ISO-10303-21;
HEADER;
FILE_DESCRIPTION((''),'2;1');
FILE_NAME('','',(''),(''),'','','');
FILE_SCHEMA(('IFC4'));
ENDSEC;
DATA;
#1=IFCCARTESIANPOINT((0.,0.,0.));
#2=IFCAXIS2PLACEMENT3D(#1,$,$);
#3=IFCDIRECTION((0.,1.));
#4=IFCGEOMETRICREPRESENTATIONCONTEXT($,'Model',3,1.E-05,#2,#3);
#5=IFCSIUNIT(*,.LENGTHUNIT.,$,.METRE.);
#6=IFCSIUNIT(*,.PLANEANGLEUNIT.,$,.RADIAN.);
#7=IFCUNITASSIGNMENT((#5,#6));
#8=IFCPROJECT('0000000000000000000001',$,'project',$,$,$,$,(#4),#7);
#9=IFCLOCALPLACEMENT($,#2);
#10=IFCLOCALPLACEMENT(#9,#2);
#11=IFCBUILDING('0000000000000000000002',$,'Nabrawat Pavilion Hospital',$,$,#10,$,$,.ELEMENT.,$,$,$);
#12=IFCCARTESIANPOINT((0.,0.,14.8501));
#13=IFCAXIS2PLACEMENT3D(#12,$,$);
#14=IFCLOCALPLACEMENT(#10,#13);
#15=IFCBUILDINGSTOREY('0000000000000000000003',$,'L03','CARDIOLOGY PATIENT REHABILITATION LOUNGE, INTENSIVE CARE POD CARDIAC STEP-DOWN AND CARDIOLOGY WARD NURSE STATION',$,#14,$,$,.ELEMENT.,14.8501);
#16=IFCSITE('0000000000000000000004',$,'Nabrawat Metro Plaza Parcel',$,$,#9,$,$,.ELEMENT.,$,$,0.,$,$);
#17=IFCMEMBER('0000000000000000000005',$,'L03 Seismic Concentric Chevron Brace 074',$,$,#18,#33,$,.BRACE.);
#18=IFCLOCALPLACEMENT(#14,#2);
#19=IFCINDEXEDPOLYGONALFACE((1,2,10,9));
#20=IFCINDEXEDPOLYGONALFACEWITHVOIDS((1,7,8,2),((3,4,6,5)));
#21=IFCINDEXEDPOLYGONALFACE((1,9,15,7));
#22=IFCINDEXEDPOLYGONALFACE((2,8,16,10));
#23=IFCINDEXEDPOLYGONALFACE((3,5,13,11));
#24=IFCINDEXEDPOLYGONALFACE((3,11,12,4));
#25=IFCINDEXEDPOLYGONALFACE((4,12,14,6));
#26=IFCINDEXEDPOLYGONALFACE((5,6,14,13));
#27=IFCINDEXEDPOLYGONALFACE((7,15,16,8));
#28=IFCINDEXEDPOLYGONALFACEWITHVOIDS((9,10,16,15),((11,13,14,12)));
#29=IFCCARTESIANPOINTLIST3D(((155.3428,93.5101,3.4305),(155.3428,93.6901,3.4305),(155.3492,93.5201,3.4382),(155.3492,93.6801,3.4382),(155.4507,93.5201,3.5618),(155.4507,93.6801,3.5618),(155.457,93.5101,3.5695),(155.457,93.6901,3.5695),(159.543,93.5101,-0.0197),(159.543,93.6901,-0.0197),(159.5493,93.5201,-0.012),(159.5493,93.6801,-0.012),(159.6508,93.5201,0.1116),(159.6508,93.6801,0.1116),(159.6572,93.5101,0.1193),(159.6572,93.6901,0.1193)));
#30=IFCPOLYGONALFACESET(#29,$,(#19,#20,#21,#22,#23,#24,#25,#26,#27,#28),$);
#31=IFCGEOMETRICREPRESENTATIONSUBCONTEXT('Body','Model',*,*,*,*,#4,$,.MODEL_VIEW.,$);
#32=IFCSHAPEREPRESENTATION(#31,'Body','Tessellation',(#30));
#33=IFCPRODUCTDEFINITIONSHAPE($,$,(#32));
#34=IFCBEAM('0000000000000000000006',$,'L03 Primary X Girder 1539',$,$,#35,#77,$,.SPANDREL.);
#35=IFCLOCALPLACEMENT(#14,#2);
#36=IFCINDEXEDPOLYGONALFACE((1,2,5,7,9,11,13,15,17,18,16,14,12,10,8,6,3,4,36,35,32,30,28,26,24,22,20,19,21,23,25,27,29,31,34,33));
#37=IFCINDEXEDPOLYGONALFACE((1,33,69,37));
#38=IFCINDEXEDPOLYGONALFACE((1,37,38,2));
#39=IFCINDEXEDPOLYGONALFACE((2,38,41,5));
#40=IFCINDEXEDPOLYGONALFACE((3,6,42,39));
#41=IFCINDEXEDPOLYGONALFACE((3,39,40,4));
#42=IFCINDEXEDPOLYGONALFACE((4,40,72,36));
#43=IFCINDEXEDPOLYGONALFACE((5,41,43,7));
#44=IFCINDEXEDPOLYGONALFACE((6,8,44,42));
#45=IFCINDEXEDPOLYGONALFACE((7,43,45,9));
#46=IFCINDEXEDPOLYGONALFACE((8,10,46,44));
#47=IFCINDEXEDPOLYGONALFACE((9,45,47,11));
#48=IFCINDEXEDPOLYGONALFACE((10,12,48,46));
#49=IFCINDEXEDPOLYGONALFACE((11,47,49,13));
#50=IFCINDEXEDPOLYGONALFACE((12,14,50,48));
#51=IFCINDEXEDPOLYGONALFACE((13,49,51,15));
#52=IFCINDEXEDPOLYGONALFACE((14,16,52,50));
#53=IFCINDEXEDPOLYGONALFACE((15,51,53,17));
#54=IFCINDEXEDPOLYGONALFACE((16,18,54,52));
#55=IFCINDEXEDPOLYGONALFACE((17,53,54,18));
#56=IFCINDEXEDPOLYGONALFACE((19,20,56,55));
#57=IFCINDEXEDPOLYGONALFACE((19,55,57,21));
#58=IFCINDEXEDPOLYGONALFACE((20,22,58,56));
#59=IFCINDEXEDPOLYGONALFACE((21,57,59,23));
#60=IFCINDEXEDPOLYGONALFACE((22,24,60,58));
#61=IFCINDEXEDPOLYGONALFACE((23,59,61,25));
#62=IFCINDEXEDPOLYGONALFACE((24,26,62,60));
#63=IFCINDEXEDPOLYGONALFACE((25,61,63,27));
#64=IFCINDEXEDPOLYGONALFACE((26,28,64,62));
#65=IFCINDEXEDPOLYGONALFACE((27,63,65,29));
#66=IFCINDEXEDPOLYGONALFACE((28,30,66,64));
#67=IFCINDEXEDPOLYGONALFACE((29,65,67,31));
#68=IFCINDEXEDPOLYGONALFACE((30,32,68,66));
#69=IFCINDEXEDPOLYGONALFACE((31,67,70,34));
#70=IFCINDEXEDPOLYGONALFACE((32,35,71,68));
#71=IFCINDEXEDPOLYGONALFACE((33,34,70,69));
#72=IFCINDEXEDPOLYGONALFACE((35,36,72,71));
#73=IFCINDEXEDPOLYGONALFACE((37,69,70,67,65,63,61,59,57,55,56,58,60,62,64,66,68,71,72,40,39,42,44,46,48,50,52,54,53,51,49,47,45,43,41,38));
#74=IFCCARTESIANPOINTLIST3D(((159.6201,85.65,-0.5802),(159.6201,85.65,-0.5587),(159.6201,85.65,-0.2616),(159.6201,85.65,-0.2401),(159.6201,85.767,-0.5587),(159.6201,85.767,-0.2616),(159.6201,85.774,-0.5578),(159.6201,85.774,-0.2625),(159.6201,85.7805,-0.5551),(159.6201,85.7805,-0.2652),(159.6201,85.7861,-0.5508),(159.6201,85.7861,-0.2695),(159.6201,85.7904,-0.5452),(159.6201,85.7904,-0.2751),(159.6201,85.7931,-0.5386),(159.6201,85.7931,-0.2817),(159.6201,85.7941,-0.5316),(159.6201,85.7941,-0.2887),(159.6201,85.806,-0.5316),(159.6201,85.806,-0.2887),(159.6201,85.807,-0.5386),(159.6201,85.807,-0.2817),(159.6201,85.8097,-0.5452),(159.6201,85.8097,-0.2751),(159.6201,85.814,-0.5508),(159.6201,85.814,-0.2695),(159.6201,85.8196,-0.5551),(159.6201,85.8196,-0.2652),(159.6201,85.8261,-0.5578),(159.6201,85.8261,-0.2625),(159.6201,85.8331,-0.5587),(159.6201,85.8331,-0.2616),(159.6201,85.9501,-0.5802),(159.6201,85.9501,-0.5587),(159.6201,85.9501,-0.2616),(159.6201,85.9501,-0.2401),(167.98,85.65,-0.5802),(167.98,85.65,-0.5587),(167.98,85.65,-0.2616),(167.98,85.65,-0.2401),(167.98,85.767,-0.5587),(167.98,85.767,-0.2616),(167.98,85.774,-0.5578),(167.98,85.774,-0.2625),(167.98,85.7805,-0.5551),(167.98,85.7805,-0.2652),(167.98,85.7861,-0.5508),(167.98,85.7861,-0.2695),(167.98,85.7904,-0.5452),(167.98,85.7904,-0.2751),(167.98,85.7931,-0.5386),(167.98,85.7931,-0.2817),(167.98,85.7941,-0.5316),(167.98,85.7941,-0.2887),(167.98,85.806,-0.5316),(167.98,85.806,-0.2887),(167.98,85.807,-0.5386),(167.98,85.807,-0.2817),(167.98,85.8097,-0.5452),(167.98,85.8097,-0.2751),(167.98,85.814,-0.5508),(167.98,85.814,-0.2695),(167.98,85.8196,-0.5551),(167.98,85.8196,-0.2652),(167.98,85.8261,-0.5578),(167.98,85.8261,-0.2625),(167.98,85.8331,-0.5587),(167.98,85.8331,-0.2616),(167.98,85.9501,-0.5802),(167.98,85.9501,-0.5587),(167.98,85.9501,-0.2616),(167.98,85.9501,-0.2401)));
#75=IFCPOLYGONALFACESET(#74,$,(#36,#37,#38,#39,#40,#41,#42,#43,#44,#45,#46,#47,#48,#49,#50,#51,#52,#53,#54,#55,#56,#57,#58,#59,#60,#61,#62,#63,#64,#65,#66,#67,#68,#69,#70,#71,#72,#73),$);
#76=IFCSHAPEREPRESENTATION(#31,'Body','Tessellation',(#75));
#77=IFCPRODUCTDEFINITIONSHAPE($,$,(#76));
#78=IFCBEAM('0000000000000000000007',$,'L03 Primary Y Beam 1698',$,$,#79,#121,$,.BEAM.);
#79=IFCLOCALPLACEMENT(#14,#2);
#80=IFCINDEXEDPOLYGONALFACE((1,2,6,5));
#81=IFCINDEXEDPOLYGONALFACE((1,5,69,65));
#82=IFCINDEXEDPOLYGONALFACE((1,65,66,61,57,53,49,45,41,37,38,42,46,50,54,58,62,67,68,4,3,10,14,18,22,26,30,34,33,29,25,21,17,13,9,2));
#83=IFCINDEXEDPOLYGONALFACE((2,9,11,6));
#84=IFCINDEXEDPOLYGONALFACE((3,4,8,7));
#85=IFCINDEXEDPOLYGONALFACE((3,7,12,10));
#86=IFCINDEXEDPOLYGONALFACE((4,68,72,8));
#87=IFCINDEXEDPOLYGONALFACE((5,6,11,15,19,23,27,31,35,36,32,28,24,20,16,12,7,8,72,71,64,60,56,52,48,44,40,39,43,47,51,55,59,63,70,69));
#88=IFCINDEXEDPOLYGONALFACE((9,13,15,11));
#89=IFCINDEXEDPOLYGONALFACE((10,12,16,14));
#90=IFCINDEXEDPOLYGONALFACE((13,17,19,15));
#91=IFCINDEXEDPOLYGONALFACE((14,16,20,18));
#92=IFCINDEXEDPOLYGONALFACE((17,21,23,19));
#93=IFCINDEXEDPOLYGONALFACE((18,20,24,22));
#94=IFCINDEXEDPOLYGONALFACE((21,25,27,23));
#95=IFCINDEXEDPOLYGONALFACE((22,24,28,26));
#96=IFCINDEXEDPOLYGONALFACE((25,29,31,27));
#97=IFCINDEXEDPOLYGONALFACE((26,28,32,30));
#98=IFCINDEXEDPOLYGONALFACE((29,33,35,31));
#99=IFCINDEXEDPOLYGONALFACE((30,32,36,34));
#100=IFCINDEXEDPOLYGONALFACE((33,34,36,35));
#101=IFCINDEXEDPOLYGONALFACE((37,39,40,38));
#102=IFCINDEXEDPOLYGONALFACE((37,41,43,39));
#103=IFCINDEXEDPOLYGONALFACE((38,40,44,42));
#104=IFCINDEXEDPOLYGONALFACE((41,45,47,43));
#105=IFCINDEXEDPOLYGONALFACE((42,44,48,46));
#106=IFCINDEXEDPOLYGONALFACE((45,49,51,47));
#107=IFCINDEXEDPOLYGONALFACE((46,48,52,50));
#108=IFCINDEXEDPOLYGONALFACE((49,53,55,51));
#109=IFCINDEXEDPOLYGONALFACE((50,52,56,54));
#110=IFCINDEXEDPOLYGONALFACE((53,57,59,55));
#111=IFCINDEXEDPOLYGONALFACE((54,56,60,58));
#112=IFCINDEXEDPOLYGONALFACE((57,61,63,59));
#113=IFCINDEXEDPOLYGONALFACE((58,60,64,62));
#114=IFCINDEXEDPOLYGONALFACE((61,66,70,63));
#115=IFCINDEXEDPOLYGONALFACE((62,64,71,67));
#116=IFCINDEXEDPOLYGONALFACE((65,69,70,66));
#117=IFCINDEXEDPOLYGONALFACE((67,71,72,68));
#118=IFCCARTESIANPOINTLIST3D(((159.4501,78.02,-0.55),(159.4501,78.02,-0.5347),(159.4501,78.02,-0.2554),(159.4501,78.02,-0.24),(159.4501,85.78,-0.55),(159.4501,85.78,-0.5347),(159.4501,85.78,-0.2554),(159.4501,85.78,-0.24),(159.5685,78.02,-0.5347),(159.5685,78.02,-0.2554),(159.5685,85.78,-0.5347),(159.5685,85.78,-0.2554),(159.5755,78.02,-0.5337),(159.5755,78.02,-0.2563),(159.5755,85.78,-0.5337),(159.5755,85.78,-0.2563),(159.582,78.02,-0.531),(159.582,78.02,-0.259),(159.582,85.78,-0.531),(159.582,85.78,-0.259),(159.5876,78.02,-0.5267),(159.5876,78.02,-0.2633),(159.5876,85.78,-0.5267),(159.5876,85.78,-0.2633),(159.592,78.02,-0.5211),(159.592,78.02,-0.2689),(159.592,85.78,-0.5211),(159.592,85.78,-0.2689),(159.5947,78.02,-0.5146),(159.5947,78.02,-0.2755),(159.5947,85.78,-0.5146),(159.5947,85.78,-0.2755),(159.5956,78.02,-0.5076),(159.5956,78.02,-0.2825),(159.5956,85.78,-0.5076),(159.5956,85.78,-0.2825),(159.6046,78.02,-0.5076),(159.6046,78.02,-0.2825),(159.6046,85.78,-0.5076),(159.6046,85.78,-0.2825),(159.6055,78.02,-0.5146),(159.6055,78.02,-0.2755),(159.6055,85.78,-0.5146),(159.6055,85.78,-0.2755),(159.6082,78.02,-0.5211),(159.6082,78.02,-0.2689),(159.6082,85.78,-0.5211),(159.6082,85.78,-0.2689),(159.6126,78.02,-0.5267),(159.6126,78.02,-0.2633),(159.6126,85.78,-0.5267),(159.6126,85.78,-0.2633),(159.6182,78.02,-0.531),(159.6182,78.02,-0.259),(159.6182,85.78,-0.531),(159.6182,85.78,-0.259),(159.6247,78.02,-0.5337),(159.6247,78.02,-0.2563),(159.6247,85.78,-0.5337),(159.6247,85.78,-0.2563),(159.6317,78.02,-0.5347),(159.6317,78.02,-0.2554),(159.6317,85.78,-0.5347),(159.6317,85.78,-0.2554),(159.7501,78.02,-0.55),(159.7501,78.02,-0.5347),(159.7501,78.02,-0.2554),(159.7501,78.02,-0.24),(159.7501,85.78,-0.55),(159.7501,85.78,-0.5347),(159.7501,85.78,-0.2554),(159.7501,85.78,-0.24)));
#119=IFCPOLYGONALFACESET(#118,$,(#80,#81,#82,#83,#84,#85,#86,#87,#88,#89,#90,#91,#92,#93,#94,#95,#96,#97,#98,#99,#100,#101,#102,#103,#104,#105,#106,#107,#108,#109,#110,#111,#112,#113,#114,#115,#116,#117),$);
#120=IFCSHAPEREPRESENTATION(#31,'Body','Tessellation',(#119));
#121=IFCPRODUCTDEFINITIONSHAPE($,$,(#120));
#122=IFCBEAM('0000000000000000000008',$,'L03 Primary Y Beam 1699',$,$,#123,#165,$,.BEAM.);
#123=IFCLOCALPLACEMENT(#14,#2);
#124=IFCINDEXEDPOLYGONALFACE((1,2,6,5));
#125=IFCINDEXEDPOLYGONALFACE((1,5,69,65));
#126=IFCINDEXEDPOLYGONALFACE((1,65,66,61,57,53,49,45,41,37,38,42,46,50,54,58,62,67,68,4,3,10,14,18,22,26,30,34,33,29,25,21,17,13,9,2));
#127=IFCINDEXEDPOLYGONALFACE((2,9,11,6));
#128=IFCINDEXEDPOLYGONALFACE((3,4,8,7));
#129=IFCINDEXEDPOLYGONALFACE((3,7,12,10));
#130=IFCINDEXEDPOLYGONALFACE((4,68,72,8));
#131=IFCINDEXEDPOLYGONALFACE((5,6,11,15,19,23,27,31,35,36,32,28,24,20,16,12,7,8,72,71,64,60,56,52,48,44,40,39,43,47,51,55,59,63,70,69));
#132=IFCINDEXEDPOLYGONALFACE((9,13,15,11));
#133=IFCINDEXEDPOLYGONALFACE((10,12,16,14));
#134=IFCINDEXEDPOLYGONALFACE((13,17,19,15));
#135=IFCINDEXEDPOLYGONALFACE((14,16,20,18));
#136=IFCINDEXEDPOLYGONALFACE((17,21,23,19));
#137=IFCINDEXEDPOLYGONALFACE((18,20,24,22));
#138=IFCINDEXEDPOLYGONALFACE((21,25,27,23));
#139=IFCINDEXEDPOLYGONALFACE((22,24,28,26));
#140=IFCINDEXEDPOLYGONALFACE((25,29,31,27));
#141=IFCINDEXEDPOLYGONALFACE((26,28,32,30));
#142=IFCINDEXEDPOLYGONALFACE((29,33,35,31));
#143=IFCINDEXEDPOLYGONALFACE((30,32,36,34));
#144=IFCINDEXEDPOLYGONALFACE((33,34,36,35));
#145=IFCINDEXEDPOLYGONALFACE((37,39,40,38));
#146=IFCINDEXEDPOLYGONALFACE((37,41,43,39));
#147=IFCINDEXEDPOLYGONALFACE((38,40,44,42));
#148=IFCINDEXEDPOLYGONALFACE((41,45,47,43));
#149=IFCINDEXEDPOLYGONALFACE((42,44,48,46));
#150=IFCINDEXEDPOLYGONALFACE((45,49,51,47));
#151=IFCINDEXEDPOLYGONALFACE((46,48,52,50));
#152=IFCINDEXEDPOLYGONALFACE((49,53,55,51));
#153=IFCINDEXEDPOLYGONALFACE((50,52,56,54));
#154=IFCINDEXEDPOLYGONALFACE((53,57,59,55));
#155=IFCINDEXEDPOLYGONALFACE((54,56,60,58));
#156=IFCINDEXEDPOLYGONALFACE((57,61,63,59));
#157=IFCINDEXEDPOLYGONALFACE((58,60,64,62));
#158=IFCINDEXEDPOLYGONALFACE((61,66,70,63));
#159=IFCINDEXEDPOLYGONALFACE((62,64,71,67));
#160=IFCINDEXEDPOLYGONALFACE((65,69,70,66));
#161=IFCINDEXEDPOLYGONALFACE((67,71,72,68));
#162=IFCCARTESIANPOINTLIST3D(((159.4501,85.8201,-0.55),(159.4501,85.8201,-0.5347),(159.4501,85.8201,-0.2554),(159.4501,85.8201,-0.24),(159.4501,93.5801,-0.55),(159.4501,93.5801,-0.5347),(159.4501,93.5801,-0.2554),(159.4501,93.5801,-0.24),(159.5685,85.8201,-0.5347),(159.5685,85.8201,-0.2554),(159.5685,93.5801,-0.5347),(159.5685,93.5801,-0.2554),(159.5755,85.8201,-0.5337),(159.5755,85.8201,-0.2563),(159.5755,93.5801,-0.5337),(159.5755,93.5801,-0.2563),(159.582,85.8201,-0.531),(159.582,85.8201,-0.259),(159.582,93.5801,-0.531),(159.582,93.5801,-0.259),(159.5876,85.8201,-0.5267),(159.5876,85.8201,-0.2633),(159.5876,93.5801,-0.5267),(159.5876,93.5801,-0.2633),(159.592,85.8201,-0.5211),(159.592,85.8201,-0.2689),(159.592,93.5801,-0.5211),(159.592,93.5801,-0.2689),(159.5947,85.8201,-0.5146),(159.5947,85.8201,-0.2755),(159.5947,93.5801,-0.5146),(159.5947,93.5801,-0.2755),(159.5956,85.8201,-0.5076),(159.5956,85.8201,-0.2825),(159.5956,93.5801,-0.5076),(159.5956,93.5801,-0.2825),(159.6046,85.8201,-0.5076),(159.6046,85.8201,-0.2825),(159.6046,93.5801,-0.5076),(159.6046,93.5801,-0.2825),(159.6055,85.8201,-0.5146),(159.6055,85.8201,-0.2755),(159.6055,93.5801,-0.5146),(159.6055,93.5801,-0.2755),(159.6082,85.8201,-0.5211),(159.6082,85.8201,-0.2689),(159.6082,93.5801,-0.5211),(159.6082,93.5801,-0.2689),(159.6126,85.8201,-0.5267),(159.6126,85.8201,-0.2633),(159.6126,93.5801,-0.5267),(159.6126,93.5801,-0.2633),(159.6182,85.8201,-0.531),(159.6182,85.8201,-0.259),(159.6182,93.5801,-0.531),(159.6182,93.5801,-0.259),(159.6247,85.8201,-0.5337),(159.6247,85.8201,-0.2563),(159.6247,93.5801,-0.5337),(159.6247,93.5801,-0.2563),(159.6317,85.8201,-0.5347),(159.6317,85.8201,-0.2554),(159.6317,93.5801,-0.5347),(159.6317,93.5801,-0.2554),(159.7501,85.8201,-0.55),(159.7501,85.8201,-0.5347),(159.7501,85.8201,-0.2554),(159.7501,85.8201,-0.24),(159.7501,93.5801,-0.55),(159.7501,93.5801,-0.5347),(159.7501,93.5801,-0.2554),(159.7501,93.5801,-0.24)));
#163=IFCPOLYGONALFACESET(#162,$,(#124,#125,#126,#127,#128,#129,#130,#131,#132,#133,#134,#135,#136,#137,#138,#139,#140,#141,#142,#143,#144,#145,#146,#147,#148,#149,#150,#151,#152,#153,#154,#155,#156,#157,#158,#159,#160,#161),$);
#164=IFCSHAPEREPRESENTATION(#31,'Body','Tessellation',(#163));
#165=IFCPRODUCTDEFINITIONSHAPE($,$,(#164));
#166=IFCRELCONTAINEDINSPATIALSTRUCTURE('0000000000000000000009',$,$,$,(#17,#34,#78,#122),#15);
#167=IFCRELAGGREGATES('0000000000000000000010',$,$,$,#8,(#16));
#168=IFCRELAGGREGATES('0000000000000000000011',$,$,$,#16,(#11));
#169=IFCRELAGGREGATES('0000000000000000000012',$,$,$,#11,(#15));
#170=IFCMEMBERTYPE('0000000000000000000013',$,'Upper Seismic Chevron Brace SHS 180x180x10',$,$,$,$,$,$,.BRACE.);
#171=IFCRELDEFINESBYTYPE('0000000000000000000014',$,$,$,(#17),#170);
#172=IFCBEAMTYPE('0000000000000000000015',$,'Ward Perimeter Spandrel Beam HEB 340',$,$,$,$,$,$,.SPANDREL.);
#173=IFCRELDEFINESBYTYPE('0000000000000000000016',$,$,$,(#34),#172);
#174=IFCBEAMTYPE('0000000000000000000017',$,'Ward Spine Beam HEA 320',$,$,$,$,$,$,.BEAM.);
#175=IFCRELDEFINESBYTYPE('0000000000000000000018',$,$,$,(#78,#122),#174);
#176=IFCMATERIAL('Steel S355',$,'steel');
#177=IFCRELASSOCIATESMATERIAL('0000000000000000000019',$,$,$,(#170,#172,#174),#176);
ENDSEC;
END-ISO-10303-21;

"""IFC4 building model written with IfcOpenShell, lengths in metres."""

from ifc_helpers import new_model, si_unit, direction, frame, origin, origin_2d, place, context, subcontext, project, spatial, hollow_rectangle, i_section, extrude, material, material_profile, profile_set, type_object, element, save


model = new_model("IFC4")

# Units and contexts
model_context = context("Model", 3, precision=1e-05, world=origin(), true_north=direction((0.0, 1.0)))
body_context = subcontext(model_context, "Body", "Model", "MODEL_VIEW")
ifc_project = project(units=[si_unit("LENGTHUNIT", "METRE"), si_unit("PLANEANGLEUNIT", "RADIAN")], contexts=[model_context])

# Site, building, storey
site_placement = place(None, origin())
site = spatial("IfcSite", under=ifc_project, at=site_placement, Name="Nabrawat Metro Plaza Parcel", CompositionType="ELEMENT", RefElevation=0.0)
building_placement = place(site_placement, origin())
building = spatial("IfcBuilding", under=site, at=building_placement, Name="Nabrawat Pavilion Hospital", CompositionType="ELEMENT")
storey_placement = place(building_placement, frame((0.0, 0.0, 14.8501)))
storey = spatial("IfcBuildingStorey", under=building, at=storey_placement, Name="L03", Description="CARDIOLOGY PATIENT REHABILITATION LOUNGE, INTENSIVE CARE POD CARDIAC STEP-DOWN AND CARDIOLOGY WARD NURSE STATION", CompositionType="ELEMENT", Elevation=14.8501)

# Shared definitions
ifc_material_1 = material(Name="Steel S355", Category="steel")

# Member
ifc_material_profile_1 = material_profile(ifc_material_1, hollow_rectangle(XDim=0.1799, YDim=0.1799, WallThickness=0.01, at=origin_2d()), Name="SHS 180x180x10")
ifc_profile_set_1 = profile_set([ifc_material_profile_1], Name="Steel S355")
member_type = type_object("IfcMemberType", Name="Upper Seismic Chevron Brace SHS 180x180x10", PredefinedType="BRACE", material=ifc_profile_set_1)
member_placement = place(storey_placement, frame((159.6001, 93.6001, 0.0498), z_axis=(-0.772723, 0.0, 0.634743), x_axis=(0.0, -1.0, 0.0)))
element("IfcMember", 1, at=member_placement, inside=storey, type_object=member_type, Name="L03 Seismic Concentric Chevron Brace 074", PredefinedType="BRACE", context=body_context, shape_type="SweptSolid", body=[
    extrude(hollow_rectangle(XDim=0.1799, YDim=0.1799, WallThickness=0.01, at=origin_2d()), origin(), (0.0, 0.0, 1.0), 5.4355),
])

# Beams
ifc_material_profile_2 = material_profile(ifc_material_1, i_section(OverallWidth=0.3, OverallDepth=0.3401, WebThickness=0.012, FlangeThickness=0.0215, FilletRadius=0.0271, at=origin_2d()), Name="HEB 340")
ifc_profile_set_2 = profile_set([ifc_material_profile_2], Name="Steel S355")
beam_type_1 = type_object("IfcBeamType", Name="Ward Perimeter Spandrel Beam HEB 340", PredefinedType="SPANDREL", material=ifc_profile_set_2)
beam_1_placement = place(storey_placement, frame((159.6201, 85.8, -0.4102), z_axis=(1.0, 0.0, 0.0), x_axis=(0.0, 1.0, 0.0)))
element("IfcBeam", 2, at=beam_1_placement, inside=storey, type_object=beam_type_1, Name="L03 Primary X Girder 1539", PredefinedType="SPANDREL", context=body_context, shape_type="SweptSolid", body=[
    extrude(i_section(OverallWidth=0.3, OverallDepth=0.3401, WebThickness=0.012, FlangeThickness=0.0215, FilletRadius=0.0271, at=origin_2d()), origin(), (0.0, 0.0, 1.0), 8.3599),
])
ifc_material_profile_3 = material_profile(ifc_material_1, i_section(OverallWidth=0.3, OverallDepth=0.3101, WebThickness=0.009, FlangeThickness=0.0154, FilletRadius=0.0271, at=origin_2d()), Name="HEA 320")
ifc_profile_set_3 = profile_set([ifc_material_profile_3], Name="Steel S355")
beam_type_2 = type_object("IfcBeamType", Name="Ward Spine Beam HEA 320", PredefinedType="BEAM", material=ifc_profile_set_3)
for number, where, z_axis, x_axis, name in (
    (3, (159.6001, 78.02, -0.395), (0.0, 1.0, 0.0), (-1.0, 0.0, 0.0), "L03 Primary Y Beam 1698"),
    (4, (159.6001, 85.8201, -0.395), (0.0, 1.0, 0.0), (-1.0, 0.0, 0.0), "L03 Primary Y Beam 1699"),
):
    element("IfcBeam", number, at=place(storey_placement, frame(where, z_axis=z_axis, x_axis=x_axis)), inside=storey, type_object=beam_type_2, Name=name, PredefinedType="BEAM", context=body_context, shape_type="SweptSolid", body=[
        extrude(i_section(OverallWidth=0.3, OverallDepth=0.3101, WebThickness=0.009, FlangeThickness=0.0154, FilletRadius=0.0271, at=origin_2d()), origin(), (0.0, 0.0, 1.0), 7.76),
    ])

save(model, "model.ifc")
